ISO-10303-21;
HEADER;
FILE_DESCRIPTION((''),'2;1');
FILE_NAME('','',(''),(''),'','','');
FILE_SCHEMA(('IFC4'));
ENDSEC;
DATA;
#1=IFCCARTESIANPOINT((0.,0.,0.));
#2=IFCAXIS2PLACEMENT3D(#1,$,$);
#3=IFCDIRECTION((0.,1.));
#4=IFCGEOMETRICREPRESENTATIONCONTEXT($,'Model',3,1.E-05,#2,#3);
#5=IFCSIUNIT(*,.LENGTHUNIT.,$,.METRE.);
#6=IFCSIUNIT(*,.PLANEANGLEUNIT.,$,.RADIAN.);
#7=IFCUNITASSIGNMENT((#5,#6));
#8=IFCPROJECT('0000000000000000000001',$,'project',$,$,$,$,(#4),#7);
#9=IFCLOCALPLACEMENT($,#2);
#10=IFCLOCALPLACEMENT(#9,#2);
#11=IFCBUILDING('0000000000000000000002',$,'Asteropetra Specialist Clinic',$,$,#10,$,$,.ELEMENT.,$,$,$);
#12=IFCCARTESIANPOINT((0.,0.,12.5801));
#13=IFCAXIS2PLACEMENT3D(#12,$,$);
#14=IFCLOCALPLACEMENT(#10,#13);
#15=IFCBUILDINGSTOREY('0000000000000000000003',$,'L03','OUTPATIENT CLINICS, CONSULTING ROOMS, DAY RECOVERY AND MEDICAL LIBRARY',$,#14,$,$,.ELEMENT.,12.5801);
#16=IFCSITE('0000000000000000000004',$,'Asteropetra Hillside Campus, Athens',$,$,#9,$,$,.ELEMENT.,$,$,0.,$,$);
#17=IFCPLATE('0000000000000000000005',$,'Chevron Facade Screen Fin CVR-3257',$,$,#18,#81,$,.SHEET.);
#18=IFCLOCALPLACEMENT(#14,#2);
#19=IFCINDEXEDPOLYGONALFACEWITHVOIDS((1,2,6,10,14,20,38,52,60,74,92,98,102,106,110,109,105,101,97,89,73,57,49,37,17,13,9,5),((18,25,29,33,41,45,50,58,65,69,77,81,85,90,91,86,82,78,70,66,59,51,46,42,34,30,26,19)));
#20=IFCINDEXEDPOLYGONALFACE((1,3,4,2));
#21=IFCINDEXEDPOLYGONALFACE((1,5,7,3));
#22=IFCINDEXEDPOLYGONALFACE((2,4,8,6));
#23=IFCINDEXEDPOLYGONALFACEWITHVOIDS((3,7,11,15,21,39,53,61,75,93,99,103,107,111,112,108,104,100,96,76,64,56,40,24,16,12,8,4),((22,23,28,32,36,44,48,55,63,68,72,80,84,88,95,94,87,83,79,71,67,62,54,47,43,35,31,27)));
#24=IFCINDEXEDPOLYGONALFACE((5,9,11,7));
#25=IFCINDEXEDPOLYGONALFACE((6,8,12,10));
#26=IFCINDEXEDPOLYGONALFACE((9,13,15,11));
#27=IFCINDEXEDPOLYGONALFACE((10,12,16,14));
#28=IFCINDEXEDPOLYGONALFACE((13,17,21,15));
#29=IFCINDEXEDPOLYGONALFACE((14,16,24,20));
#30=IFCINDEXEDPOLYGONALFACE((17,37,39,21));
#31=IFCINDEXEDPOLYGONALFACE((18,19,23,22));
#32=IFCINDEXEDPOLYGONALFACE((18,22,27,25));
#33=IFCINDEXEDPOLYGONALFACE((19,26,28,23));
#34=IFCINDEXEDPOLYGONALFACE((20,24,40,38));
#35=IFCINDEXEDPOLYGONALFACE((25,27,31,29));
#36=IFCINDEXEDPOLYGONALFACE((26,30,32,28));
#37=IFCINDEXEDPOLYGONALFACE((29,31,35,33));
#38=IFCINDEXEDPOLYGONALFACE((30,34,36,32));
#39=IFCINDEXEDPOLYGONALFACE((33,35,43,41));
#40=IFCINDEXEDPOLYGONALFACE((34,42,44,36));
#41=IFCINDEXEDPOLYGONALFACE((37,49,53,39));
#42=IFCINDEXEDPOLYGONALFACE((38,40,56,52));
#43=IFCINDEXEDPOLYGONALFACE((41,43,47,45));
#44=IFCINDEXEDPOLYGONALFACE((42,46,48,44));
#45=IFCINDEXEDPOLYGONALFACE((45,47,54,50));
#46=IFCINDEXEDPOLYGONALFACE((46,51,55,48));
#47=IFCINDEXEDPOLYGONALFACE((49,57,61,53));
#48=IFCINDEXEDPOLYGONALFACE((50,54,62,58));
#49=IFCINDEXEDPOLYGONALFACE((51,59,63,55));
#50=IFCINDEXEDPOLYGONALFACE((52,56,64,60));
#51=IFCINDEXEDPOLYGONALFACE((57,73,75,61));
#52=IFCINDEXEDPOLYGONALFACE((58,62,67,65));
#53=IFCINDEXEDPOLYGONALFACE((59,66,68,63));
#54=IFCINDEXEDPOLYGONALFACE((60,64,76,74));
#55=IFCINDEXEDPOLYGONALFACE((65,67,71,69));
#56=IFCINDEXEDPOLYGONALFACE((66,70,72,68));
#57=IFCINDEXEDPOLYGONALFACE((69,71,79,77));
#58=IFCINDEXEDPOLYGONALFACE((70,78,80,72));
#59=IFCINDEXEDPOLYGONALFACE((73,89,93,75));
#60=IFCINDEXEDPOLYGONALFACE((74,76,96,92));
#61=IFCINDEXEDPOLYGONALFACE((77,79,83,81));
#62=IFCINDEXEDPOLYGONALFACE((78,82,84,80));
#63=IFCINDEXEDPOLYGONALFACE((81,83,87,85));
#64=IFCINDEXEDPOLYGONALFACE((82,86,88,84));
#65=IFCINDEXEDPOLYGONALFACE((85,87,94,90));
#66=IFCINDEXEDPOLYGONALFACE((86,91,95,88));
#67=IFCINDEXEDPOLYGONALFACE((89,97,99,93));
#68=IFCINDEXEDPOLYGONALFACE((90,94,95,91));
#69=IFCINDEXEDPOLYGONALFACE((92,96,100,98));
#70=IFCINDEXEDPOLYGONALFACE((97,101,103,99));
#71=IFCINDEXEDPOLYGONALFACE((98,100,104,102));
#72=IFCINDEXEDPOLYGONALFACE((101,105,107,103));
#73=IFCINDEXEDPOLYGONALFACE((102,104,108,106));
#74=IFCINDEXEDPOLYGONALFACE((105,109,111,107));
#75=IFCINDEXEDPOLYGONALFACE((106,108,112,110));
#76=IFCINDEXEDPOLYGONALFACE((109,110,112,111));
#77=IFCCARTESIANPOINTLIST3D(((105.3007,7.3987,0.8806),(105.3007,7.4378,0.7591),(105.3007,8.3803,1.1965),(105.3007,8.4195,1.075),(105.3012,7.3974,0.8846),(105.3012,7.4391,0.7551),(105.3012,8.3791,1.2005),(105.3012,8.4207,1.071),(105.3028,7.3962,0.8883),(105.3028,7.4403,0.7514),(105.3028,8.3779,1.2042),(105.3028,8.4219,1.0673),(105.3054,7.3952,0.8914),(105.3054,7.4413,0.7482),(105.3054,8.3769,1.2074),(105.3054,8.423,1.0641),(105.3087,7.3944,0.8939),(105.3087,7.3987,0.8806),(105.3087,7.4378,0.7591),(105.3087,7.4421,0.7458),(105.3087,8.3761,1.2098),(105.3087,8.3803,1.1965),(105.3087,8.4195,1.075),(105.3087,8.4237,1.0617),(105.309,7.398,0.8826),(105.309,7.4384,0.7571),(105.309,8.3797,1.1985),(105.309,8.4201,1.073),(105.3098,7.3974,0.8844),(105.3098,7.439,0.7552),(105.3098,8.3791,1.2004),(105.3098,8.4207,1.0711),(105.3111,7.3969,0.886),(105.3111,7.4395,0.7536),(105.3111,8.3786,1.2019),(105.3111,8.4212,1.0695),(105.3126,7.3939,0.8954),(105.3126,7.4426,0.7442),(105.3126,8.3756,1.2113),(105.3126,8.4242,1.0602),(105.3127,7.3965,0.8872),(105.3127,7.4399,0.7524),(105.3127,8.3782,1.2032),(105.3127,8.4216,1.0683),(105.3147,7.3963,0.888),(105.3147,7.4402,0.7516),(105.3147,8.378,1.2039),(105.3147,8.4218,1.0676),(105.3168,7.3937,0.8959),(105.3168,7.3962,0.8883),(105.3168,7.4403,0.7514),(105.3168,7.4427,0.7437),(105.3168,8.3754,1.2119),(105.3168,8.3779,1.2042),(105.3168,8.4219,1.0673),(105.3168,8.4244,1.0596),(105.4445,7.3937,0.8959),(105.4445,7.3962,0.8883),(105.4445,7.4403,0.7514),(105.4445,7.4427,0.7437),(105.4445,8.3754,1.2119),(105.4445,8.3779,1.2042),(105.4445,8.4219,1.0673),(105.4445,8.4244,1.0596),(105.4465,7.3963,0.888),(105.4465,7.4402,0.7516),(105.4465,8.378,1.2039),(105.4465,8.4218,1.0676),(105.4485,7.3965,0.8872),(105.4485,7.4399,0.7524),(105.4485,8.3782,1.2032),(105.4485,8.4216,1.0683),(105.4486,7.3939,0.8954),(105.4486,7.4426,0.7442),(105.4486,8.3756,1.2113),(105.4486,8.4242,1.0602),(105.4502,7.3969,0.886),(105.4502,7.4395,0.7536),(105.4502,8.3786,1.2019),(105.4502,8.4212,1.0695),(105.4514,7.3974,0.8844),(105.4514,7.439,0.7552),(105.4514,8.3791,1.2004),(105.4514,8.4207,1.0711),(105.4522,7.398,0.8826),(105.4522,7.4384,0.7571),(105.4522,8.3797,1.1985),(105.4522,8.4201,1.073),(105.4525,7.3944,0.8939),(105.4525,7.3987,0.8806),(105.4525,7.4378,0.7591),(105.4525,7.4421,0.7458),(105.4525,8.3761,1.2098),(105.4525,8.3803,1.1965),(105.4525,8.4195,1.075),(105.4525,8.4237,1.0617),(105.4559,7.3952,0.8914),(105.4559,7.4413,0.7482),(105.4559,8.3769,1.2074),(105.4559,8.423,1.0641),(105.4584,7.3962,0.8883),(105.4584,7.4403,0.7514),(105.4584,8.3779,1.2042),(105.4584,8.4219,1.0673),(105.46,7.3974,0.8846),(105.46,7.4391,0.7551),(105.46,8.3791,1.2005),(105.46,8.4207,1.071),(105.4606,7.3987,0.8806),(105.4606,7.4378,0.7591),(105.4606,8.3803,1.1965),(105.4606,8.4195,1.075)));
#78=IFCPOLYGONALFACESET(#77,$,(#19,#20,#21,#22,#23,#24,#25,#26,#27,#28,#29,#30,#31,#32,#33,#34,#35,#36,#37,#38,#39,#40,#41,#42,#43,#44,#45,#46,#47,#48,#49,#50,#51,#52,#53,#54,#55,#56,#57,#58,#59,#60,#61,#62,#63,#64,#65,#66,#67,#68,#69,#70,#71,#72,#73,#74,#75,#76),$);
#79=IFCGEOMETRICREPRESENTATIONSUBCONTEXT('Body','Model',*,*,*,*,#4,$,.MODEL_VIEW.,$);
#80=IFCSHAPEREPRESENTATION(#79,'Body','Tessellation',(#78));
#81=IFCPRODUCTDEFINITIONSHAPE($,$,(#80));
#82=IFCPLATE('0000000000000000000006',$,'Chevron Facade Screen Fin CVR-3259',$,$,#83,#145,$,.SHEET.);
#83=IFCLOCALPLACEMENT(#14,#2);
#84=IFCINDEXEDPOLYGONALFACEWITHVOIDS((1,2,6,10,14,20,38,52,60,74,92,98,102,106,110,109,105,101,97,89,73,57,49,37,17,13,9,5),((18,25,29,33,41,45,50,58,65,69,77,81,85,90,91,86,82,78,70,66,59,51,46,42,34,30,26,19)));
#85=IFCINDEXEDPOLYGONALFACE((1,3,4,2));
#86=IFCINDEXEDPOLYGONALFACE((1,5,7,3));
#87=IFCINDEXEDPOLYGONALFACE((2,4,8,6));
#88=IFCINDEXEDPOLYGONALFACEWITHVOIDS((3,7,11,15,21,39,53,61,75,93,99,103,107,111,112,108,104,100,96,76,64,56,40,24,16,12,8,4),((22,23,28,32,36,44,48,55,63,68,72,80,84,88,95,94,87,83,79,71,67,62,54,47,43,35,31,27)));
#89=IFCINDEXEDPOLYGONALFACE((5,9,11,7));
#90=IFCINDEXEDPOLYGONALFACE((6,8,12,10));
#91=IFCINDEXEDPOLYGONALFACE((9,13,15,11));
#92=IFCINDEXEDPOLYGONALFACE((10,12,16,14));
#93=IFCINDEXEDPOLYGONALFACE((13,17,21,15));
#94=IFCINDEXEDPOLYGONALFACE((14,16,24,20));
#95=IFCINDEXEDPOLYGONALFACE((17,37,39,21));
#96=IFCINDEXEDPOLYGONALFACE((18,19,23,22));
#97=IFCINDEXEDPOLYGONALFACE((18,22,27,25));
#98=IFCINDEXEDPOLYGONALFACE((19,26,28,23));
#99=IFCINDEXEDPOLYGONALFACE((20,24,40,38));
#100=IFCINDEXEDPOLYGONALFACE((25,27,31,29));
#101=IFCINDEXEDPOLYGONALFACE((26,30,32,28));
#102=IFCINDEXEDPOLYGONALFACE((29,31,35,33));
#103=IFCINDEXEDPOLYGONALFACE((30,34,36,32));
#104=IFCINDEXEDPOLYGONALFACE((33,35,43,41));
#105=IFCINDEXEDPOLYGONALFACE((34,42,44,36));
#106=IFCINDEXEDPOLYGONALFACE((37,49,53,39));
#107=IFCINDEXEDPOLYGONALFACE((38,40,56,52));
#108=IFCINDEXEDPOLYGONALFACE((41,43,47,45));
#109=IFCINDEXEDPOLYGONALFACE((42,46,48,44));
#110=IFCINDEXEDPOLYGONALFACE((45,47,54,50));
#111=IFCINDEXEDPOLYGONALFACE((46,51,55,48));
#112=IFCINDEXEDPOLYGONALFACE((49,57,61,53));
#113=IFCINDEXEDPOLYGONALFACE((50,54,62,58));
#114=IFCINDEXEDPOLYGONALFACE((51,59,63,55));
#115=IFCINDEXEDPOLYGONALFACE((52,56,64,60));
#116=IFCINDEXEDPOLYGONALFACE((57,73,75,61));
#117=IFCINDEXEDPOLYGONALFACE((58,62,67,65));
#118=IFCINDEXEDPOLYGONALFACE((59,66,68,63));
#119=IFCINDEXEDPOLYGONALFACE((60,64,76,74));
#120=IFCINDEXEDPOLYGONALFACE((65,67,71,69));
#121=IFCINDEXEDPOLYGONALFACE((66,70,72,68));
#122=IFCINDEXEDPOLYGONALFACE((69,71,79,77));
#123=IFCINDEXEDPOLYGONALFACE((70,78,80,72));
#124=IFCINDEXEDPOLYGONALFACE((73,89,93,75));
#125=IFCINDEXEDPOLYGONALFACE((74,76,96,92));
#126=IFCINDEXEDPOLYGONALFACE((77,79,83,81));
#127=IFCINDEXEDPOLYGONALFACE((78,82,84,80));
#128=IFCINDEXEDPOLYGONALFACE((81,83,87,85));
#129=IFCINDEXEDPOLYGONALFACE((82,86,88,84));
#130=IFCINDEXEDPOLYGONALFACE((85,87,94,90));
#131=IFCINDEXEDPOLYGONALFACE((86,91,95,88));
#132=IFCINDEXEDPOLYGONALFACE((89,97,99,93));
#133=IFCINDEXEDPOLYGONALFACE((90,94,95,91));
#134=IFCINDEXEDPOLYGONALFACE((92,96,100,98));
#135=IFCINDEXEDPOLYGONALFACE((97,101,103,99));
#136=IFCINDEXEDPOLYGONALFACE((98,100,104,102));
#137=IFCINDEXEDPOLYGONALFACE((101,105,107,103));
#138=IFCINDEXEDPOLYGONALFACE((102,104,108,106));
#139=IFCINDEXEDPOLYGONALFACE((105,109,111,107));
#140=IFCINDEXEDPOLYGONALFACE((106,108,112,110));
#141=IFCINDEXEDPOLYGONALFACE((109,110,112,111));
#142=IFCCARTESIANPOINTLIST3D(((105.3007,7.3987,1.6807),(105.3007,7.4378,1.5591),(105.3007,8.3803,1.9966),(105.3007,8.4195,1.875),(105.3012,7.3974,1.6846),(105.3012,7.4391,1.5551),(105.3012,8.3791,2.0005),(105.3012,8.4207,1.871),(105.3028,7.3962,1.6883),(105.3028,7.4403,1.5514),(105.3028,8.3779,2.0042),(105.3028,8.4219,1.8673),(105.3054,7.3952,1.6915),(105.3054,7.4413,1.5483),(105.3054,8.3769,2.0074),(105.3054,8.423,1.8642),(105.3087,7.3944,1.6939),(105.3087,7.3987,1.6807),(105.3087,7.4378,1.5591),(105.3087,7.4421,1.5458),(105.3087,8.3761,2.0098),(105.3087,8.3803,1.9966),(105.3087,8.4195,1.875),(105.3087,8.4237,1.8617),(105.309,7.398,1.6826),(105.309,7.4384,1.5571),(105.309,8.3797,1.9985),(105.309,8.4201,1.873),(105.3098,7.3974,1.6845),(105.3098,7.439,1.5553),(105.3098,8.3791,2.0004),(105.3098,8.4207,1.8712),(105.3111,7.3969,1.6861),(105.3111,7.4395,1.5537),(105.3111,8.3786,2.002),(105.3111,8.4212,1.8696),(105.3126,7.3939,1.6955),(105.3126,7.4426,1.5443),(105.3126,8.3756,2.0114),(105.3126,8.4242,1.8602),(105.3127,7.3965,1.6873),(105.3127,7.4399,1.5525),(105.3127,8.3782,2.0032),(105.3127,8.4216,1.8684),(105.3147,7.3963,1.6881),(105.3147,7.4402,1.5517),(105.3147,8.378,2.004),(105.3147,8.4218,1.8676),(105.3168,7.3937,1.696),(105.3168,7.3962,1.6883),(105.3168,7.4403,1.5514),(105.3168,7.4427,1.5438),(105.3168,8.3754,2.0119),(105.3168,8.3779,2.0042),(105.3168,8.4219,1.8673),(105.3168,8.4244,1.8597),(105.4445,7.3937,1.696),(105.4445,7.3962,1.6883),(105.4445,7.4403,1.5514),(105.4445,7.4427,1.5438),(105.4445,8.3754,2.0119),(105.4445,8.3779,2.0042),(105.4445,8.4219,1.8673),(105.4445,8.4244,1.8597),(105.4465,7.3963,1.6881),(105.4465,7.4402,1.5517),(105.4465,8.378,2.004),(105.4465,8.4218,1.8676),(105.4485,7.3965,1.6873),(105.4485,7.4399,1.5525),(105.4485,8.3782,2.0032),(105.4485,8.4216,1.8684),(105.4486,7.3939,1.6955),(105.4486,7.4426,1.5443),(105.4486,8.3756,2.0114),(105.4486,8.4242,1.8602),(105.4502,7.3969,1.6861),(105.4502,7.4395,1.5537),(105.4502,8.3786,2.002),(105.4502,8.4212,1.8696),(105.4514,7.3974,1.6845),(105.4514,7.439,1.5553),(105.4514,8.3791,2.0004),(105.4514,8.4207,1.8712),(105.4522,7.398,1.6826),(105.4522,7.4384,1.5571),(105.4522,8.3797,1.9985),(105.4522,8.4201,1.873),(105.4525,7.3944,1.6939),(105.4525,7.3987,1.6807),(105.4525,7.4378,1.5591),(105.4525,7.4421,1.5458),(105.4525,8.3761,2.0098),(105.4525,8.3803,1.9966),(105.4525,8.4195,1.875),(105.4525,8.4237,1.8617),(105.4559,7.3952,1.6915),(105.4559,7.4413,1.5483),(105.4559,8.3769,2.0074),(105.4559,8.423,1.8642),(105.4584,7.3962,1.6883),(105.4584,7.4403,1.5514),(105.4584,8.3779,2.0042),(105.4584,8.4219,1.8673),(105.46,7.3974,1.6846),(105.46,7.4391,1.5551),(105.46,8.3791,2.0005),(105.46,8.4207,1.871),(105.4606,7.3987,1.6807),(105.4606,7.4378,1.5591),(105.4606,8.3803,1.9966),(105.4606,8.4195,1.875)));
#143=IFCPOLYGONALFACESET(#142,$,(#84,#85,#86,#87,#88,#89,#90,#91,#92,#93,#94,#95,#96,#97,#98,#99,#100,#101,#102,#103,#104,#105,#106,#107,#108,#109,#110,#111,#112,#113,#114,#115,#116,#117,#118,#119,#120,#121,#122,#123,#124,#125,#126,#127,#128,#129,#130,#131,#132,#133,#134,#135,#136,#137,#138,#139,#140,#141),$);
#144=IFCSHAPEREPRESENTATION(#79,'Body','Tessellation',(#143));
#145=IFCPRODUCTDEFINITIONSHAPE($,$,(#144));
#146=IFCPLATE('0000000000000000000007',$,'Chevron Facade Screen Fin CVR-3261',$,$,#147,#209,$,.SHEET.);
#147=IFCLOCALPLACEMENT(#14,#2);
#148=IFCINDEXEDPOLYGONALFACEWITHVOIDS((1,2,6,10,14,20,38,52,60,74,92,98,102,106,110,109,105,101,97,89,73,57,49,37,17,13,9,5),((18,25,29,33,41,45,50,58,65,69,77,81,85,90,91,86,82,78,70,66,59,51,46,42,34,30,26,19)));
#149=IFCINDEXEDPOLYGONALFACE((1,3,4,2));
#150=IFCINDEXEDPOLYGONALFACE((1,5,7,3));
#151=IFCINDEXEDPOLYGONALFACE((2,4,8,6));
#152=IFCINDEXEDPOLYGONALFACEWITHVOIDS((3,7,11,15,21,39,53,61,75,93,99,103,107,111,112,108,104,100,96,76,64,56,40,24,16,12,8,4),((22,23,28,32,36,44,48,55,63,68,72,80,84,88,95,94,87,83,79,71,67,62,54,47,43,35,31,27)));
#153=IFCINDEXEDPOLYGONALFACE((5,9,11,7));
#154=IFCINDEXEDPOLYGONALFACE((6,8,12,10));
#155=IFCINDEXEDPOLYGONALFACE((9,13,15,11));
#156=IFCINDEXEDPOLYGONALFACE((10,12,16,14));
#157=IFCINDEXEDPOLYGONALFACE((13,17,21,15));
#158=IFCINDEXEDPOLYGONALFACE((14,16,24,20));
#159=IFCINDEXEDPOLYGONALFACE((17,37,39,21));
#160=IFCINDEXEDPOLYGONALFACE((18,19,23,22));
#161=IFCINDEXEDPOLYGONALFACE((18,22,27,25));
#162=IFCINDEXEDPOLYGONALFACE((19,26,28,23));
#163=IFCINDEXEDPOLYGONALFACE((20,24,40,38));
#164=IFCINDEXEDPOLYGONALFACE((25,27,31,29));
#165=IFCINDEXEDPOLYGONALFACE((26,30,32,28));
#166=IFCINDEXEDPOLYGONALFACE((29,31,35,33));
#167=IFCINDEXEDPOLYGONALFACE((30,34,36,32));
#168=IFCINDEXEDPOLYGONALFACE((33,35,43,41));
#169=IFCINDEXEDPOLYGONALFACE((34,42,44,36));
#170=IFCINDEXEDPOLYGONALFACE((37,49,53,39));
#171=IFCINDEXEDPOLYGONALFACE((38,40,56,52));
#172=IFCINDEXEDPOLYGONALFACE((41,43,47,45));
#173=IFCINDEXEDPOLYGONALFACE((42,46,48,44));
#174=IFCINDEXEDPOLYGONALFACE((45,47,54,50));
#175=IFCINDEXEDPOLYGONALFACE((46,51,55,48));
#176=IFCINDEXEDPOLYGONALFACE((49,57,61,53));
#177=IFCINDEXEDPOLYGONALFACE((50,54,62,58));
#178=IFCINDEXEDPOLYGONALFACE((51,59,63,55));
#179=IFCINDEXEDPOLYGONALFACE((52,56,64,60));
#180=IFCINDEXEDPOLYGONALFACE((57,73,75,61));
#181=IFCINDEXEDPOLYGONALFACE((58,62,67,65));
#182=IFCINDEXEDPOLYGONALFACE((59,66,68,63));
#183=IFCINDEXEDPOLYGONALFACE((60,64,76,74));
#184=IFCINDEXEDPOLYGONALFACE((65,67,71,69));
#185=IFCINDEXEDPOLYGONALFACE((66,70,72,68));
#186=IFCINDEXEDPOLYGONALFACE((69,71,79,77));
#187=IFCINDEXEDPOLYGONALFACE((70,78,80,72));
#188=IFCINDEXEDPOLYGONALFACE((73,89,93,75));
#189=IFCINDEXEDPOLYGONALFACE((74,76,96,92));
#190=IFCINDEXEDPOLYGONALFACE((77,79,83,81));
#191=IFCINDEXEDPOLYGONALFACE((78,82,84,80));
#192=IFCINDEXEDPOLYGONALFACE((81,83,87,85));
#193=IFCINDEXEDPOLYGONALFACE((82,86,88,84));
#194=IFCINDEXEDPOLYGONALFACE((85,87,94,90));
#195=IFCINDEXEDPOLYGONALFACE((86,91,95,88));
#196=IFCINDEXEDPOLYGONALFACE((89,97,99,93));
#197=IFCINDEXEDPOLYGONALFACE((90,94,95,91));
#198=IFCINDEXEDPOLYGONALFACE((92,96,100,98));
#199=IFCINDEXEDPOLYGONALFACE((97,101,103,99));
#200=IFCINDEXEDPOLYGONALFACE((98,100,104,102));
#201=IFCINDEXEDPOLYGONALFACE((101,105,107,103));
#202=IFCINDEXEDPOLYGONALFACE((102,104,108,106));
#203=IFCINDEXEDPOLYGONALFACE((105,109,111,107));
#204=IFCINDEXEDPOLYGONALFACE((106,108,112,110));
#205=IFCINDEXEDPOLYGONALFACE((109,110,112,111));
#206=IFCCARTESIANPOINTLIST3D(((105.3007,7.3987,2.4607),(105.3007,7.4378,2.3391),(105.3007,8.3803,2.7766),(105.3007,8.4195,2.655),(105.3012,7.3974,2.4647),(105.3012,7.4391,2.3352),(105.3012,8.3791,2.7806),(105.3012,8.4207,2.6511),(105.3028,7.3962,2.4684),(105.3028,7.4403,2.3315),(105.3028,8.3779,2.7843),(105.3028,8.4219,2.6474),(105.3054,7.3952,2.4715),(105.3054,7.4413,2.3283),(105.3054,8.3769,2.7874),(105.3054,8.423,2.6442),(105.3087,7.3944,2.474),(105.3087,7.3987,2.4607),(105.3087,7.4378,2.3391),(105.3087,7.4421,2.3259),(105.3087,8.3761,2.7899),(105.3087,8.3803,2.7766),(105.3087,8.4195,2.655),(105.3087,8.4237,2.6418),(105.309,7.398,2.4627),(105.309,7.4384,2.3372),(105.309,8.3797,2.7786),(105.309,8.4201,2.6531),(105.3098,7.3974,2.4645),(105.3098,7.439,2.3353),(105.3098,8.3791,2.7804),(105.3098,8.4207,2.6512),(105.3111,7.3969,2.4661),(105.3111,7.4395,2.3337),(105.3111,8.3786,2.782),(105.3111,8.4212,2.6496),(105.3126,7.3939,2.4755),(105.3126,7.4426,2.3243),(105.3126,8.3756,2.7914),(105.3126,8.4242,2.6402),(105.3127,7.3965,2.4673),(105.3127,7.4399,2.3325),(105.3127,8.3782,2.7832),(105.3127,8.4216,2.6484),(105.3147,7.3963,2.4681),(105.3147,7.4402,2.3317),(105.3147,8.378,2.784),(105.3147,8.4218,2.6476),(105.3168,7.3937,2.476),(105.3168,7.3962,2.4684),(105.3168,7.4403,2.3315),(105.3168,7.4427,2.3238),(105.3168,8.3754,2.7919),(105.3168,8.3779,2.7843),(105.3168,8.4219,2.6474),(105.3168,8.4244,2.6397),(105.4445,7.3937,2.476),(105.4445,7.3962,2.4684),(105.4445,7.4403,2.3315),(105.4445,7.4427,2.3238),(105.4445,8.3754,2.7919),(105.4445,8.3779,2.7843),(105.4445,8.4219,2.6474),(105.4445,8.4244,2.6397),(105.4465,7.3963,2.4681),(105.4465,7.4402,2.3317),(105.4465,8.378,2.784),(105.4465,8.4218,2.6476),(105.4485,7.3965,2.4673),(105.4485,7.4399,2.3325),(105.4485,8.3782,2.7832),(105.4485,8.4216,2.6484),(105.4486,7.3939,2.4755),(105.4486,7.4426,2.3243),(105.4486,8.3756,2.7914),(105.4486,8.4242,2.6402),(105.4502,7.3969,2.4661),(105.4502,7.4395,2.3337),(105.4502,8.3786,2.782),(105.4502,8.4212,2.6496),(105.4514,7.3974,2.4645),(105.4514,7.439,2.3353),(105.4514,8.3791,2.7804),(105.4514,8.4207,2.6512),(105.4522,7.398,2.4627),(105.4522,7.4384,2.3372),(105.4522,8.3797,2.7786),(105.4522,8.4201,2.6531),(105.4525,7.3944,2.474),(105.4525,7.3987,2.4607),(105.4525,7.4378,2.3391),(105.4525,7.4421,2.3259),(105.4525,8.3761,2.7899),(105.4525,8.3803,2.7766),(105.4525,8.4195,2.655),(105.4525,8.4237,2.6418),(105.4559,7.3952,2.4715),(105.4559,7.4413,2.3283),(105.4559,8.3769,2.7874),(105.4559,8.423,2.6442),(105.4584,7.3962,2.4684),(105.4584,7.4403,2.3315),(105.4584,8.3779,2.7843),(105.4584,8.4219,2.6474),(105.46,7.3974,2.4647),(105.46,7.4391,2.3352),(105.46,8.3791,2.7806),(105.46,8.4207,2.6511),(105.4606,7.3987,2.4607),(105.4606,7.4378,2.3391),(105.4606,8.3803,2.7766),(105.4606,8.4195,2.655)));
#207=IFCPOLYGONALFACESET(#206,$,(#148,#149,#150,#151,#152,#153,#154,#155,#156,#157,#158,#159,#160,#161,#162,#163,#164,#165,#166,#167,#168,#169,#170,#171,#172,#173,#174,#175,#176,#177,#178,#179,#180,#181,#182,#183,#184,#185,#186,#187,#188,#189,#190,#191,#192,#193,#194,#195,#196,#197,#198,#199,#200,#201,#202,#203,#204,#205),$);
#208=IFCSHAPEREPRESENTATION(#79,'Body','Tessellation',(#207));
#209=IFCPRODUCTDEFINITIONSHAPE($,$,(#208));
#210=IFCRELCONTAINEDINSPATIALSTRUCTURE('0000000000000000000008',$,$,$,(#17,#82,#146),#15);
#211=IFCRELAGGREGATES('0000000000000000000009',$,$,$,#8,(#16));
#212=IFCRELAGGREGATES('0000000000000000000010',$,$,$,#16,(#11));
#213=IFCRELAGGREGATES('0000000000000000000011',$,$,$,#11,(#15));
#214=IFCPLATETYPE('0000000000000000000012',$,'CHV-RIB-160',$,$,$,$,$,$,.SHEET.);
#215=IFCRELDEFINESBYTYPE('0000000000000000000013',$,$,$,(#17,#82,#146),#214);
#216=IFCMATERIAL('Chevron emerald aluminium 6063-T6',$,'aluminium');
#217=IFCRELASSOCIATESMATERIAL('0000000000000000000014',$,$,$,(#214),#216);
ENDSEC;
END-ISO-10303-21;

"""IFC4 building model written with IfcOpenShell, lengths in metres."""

from ifc_helpers import new_model, si_unit, direction, frame, origin, origin_2d, place, context, subcontext, project, spatial, hollow_rectangle, extrude, material, material_profile, profile_set, type_object, element, save


model = new_model("IFC4")

# Units and contexts
model_context = context("Model", 3, precision=1e-05, world=origin(), true_north=direction((0.0, 1.0)))
body_context = subcontext(model_context, "Body", "Model", "MODEL_VIEW")
ifc_project = project(units=[si_unit("LENGTHUNIT", "METRE"), si_unit("PLANEANGLEUNIT", "RADIAN")], contexts=[model_context])

# Site, building, storey
site_placement = place(None, origin())
site = spatial("IfcSite", under=ifc_project, at=site_placement, Name="Asteropetra Hillside Campus, Athens", CompositionType="ELEMENT", RefElevation=0.0)
building_placement = place(site_placement, origin())
building = spatial("IfcBuilding", under=site, at=building_placement, Name="Asteropetra Specialist Clinic", CompositionType="ELEMENT")
storey_placement = place(building_placement, frame((0.0, 0.0, 12.5801)))
storey = spatial("IfcBuildingStorey", under=building, at=storey_placement, Name="L03", Description="OUTPATIENT CLINICS, CONSULTING ROOMS, DAY RECOVERY AND MEDICAL LIBRARY", CompositionType="ELEMENT", Elevation=12.5801)

# Plates
ifc_material_1 = material(Name="Chevron emerald aluminium 6063-T6", Category="aluminium")
ifc_material_profile = material_profile(ifc_material_1, hollow_rectangle(XDim=0.1599, YDim=0.1599, WallThickness=0.0081, InnerFilletRadius=0.0081, OuterFilletRadius=0.0161, at=origin_2d()), Name="SHS 160x160x8.0")
ifc_profile_set = profile_set([ifc_material_profile], Name="Chevron emerald aluminium 6063-T6")
plate_type_1 = type_object("IfcPlateType", Name="CHV-RIB-160", PredefinedType="SHEET", material=ifc_profile_set)
for number, where, z_axis, x_axis, name in (
    (1, (105.3806, 8.3999, 1.1357), (0.0, -0.951923, -0.306339), (1.0, 0.0, 0.0), "Chevron Facade Screen Fin CVR-3257"),
    (2, (105.3806, 8.3999, 1.9358), (0.0, -0.951923, -0.306339), (1.0, 0.0, 0.0), "Chevron Facade Screen Fin CVR-3259"),
    (3, (105.3806, 8.3999, 2.7158), (0.0, -0.951923, -0.306339), (1.0, 0.0, 0.0), "Chevron Facade Screen Fin CVR-3261"),
):
    element("IfcPlate", number, at=place(storey_placement, frame(where, z_axis=z_axis, x_axis=x_axis)), inside=storey, type_object=plate_type_1, Name=name, PredefinedType="SHEET", context=body_context, shape_type="SweptSolid", body=[
        extrude(hollow_rectangle(XDim=0.1599, YDim=0.1599, WallThickness=0.0081, InnerFilletRadius=0.0081, OuterFilletRadius=0.0161, at=origin_2d()), origin(), (0.0, 0.0, 1.0), 1.0312),
    ])

save(model, "model.ifc")
